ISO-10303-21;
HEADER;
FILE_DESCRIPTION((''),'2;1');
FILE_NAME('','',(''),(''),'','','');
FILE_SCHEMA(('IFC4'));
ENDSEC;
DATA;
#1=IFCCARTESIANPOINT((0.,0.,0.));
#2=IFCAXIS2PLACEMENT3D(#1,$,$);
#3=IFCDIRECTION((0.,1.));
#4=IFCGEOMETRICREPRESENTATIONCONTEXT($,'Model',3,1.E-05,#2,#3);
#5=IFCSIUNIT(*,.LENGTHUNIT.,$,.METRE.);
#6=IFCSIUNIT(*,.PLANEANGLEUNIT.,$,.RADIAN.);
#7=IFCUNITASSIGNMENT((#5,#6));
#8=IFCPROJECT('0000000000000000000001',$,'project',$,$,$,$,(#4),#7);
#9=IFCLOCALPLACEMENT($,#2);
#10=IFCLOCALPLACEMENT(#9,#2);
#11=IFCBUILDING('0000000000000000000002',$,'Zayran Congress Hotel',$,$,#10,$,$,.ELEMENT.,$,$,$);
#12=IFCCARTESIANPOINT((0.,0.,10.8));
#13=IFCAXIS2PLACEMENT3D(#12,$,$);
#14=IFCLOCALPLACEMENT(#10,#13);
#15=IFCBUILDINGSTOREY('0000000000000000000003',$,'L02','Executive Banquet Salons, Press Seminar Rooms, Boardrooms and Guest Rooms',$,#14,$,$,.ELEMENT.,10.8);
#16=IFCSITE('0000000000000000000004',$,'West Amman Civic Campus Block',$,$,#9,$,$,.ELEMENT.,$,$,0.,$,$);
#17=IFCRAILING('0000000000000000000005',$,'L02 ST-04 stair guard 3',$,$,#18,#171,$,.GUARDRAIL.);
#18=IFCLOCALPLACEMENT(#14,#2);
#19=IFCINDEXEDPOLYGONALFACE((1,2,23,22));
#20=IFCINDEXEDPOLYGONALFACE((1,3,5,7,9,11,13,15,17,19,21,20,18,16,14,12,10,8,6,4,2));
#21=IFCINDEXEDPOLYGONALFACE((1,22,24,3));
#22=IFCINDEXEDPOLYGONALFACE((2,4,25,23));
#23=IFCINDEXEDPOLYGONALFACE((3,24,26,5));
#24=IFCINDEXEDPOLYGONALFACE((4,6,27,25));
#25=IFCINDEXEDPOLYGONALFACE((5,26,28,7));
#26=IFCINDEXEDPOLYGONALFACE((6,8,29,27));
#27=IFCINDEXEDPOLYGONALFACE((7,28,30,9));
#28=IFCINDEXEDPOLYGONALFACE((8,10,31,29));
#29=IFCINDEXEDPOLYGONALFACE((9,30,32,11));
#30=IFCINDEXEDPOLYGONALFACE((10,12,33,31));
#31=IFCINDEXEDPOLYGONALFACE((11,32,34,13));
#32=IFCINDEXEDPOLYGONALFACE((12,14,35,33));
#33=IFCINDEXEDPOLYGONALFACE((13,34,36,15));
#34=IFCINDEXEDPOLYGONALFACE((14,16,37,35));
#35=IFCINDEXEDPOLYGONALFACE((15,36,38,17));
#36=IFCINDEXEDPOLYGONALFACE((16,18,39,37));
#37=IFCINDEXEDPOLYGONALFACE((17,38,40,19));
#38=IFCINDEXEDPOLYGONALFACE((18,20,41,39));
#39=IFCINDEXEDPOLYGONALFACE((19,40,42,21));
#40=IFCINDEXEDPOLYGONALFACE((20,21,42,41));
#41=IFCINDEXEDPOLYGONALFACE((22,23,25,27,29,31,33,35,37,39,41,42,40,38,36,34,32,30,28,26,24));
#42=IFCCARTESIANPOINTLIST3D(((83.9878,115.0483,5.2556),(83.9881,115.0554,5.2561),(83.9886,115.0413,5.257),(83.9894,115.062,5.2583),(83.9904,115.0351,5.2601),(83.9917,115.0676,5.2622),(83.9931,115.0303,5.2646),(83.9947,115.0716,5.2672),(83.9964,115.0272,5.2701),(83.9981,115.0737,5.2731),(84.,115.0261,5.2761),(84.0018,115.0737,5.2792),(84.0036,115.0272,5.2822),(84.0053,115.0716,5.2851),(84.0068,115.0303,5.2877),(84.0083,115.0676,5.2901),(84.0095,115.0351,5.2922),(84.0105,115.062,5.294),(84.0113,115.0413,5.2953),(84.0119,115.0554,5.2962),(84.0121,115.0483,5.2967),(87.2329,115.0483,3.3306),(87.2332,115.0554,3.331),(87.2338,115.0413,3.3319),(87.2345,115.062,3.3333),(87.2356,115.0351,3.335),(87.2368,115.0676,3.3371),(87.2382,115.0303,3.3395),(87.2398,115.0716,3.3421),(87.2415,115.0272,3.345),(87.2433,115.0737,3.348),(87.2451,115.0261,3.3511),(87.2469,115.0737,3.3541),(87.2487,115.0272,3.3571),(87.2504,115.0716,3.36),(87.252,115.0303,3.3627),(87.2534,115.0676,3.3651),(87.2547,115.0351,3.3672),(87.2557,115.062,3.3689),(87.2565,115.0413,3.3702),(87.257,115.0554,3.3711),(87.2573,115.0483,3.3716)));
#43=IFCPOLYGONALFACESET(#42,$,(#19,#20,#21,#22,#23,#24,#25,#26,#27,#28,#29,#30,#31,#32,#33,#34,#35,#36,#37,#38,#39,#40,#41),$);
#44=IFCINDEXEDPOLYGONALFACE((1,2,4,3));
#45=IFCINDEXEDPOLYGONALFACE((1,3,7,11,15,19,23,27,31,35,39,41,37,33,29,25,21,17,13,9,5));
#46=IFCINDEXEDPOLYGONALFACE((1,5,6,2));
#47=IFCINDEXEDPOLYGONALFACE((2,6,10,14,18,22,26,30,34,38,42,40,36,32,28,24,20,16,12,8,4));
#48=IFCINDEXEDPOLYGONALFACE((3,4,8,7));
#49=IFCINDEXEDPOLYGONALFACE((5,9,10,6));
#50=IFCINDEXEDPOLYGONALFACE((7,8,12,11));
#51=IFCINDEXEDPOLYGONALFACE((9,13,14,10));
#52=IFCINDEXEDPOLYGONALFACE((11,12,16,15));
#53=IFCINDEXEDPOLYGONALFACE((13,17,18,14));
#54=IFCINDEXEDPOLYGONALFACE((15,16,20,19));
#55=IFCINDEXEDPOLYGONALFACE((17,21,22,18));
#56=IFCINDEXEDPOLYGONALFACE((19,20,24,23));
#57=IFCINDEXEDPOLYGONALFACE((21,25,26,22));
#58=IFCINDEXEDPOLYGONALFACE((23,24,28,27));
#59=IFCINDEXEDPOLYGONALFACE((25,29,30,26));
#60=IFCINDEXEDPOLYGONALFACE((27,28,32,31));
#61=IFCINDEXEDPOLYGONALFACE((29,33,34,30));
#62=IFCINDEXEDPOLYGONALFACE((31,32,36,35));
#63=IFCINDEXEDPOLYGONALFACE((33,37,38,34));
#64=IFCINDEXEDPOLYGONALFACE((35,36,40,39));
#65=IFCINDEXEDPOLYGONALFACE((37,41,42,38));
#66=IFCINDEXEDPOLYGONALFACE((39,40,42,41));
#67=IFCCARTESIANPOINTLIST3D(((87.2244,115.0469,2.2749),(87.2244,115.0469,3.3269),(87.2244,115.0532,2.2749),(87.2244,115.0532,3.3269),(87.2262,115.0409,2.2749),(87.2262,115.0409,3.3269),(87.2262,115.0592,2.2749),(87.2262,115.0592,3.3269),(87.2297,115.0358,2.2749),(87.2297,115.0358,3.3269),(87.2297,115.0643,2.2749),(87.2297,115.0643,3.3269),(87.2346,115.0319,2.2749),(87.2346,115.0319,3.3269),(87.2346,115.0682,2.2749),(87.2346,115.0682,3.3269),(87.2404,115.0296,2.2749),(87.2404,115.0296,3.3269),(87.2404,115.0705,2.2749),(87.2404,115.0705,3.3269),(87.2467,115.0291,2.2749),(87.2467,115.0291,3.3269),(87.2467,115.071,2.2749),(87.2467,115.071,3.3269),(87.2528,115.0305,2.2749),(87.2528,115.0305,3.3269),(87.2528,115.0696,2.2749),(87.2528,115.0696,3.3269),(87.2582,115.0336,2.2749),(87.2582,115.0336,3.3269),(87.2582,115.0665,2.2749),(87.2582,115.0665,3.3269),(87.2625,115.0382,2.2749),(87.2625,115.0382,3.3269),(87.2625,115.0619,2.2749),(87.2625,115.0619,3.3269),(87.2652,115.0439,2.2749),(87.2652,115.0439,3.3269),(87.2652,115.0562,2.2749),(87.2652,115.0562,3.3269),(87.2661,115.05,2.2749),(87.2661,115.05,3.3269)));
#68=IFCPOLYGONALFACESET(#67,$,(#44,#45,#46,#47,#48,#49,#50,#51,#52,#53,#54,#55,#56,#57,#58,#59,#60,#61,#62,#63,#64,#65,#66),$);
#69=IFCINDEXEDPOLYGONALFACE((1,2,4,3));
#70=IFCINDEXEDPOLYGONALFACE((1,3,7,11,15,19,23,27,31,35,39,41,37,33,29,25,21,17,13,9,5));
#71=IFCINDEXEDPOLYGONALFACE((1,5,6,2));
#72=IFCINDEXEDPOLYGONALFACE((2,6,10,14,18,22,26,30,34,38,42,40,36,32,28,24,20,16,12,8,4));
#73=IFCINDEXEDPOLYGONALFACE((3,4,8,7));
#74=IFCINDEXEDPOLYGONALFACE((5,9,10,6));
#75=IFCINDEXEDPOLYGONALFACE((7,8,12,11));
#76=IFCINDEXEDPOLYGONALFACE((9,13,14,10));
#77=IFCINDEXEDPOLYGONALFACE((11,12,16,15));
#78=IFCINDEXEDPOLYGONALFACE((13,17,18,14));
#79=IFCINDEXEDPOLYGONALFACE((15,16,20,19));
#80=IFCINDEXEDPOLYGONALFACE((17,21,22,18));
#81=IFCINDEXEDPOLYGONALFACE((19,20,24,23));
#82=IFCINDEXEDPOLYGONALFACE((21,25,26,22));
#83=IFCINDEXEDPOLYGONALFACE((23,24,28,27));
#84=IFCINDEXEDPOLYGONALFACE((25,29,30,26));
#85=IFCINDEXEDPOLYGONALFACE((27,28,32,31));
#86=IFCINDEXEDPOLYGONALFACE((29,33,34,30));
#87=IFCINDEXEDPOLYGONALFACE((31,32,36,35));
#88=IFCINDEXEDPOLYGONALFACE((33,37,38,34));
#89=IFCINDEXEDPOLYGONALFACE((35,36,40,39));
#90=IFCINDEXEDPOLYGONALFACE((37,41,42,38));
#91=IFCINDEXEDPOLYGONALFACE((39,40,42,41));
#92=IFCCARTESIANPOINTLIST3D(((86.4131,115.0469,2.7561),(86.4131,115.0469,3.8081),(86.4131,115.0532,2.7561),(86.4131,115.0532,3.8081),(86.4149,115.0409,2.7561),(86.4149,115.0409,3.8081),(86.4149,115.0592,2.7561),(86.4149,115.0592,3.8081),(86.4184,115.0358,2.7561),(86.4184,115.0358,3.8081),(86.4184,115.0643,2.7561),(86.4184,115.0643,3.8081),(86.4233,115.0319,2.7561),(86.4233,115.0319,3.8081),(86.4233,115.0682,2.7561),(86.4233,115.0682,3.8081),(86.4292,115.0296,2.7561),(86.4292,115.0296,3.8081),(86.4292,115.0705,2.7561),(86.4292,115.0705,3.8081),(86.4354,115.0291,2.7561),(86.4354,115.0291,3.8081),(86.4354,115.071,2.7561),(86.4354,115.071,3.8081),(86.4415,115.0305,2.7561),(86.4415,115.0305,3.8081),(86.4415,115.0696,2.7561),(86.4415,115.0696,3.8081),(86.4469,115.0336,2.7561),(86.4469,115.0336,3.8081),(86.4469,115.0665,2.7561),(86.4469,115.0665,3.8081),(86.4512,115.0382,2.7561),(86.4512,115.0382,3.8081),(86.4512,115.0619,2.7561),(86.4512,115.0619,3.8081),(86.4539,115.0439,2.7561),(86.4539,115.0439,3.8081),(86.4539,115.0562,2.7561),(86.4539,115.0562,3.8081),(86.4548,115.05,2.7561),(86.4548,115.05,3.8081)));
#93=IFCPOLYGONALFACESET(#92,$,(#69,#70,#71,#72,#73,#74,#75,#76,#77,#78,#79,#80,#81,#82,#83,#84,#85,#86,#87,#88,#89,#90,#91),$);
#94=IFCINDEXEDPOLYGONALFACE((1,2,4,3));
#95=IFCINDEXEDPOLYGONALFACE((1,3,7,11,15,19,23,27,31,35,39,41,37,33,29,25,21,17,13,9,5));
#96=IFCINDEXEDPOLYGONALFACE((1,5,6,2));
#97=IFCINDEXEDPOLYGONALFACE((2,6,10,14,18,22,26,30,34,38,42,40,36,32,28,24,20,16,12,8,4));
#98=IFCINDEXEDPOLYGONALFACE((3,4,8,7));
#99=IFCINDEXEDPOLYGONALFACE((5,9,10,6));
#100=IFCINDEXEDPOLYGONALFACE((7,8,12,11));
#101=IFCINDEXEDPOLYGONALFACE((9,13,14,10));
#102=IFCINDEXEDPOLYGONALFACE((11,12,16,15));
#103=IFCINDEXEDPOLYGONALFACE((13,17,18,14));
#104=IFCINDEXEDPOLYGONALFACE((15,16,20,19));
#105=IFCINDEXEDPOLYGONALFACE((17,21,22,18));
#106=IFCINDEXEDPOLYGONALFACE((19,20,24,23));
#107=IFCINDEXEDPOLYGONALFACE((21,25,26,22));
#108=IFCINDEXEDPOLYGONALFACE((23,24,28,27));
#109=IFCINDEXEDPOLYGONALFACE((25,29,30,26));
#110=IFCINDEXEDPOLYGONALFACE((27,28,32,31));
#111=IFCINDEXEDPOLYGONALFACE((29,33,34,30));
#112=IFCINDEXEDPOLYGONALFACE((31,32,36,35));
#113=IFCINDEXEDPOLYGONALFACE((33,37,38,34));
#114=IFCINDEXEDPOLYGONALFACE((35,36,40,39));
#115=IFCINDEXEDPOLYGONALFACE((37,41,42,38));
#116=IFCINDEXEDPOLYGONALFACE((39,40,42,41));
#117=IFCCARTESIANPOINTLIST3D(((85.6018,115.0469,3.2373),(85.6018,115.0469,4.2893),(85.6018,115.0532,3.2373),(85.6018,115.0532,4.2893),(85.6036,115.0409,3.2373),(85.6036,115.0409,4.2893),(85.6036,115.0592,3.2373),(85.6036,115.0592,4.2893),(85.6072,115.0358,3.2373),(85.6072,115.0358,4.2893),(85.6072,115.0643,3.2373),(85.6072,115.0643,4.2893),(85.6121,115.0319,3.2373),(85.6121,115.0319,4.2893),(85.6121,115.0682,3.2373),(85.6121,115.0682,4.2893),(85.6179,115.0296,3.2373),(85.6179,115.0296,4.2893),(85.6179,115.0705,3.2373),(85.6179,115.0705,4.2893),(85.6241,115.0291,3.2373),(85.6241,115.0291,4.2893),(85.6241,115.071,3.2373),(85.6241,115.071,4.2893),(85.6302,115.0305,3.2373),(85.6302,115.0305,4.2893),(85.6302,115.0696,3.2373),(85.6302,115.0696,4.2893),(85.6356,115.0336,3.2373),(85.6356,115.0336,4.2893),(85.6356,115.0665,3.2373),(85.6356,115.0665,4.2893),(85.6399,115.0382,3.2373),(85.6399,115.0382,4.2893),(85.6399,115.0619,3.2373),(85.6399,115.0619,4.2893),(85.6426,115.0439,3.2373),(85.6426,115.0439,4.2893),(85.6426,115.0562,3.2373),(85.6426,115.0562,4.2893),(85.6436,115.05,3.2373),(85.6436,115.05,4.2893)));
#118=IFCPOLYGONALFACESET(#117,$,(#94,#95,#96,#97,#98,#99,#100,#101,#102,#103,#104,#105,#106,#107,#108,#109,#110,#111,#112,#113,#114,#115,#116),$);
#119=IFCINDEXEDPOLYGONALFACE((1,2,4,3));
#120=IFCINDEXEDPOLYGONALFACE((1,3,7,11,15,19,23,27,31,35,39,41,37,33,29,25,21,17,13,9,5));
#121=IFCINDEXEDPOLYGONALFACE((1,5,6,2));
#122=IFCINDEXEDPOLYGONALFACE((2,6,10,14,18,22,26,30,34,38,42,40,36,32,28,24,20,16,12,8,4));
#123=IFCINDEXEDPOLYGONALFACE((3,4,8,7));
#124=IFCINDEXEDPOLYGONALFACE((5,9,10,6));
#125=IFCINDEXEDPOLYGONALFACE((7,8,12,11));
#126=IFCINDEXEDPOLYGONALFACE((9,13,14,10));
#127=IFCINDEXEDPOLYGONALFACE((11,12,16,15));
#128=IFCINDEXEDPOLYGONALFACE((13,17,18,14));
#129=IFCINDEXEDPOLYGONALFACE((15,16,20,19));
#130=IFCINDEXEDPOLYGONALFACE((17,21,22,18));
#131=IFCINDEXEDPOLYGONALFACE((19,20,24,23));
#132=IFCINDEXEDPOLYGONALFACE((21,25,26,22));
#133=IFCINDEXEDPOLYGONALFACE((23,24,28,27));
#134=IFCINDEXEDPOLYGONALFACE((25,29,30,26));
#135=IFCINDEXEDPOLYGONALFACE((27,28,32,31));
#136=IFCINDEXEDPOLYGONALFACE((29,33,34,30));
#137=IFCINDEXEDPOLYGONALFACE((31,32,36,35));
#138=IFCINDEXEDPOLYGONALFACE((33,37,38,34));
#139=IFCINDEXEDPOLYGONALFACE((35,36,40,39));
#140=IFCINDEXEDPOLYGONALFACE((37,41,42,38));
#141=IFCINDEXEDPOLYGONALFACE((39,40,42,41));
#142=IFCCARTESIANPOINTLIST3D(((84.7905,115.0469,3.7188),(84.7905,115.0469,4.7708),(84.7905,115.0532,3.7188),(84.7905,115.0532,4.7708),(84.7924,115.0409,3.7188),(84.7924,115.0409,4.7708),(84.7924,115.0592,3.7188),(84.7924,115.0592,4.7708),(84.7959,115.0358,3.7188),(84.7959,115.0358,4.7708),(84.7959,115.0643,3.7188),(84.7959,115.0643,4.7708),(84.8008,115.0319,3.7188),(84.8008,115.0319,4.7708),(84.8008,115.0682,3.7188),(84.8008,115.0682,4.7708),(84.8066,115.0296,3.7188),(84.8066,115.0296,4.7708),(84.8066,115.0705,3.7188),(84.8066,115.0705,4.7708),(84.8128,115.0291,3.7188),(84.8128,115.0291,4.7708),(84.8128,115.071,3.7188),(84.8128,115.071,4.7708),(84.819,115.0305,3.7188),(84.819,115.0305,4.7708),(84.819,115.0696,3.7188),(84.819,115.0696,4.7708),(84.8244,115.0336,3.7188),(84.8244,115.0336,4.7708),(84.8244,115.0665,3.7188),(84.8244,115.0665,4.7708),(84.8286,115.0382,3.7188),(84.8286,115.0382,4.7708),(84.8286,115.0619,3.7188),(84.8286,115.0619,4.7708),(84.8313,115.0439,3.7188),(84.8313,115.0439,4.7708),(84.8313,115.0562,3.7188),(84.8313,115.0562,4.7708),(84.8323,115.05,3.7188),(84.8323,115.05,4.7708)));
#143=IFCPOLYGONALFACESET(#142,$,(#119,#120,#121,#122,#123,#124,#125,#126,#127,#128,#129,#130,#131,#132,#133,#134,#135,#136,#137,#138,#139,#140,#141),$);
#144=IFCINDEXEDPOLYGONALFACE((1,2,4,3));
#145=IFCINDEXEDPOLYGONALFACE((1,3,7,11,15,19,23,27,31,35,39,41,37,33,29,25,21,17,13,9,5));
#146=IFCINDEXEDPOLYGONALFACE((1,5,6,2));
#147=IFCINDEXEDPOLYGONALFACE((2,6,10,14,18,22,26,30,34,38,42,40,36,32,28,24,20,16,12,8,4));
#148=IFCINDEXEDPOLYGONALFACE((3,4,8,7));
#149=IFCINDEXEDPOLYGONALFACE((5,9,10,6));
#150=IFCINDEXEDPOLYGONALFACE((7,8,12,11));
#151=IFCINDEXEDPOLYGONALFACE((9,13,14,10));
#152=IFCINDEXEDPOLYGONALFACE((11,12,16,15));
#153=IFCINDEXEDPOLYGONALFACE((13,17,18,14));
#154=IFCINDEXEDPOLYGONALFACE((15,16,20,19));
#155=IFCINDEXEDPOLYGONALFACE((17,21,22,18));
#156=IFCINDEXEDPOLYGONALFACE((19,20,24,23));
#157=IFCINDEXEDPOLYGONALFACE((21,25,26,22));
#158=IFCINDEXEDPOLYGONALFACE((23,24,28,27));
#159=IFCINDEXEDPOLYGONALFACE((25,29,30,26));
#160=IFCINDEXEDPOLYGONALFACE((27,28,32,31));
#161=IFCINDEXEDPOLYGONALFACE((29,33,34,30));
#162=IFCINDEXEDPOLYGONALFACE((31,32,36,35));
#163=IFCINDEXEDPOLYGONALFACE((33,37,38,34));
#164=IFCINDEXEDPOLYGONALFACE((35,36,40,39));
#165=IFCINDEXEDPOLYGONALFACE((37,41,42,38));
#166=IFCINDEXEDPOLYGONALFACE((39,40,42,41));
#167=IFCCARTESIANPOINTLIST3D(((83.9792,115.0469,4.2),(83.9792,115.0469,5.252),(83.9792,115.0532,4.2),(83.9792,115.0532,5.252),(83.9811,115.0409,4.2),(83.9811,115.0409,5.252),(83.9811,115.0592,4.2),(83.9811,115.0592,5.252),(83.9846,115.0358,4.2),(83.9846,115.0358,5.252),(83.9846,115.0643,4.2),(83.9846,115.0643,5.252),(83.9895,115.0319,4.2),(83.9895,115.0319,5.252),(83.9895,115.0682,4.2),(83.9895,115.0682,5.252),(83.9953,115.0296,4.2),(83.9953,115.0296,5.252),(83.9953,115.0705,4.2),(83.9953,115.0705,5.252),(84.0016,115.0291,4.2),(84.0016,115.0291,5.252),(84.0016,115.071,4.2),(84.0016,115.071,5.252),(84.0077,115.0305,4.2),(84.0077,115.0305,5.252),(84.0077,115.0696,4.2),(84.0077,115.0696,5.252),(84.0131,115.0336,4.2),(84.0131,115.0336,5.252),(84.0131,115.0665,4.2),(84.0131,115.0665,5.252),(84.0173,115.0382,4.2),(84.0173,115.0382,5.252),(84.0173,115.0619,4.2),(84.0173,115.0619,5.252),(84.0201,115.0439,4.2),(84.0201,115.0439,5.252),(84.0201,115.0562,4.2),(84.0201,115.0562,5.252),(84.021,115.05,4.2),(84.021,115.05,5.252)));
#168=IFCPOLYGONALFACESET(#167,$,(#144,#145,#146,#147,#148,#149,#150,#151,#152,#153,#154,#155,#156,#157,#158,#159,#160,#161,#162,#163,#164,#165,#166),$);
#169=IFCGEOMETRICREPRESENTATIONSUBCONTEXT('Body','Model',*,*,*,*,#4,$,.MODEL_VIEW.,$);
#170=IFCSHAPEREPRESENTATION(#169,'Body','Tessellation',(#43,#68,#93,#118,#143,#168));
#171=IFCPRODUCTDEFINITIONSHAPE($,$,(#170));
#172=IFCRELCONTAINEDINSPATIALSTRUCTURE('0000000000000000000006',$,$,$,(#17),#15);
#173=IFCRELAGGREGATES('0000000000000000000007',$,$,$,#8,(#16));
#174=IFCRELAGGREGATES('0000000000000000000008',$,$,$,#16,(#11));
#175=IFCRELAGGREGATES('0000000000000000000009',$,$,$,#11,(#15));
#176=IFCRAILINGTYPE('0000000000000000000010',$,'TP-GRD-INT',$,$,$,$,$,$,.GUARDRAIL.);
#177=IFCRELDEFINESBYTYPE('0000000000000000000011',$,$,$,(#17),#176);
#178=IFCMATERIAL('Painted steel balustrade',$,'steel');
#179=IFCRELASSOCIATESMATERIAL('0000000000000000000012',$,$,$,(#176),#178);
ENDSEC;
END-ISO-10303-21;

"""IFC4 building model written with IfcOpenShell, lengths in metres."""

from ifc_helpers import new_model, si_unit, direction, frame, origin, origin_2d, place, context, subcontext, project, spatial, circle, extrude, material, type_object, element, save


model = new_model("IFC4")

# Units and contexts
model_context = context("Model", 3, precision=1e-05, world=origin(), true_north=direction((0.0, 1.0)))
body_context = subcontext(model_context, "Body", "Model", "MODEL_VIEW")
ifc_project = project(units=[si_unit("LENGTHUNIT", "METRE"), si_unit("PLANEANGLEUNIT", "RADIAN")], contexts=[model_context])

# Site, building, storey
site_placement = place(None, origin())
site = spatial("IfcSite", under=ifc_project, at=site_placement, Name="West Amman Civic Campus Block", CompositionType="ELEMENT", RefElevation=0.0)
building_placement = place(site_placement, origin())
building = spatial("IfcBuilding", under=site, at=building_placement, Name="Zayran Congress Hotel", CompositionType="ELEMENT")
storey_placement = place(building_placement, frame((0.0, 0.0, 10.8)))
storey = spatial("IfcBuildingStorey", under=building, at=storey_placement, Name="L02", Description="Executive Banquet Salons, Press Seminar Rooms, Boardrooms and Guest Rooms", CompositionType="ELEMENT", Elevation=10.8)

# Railing
ifc_material_1 = material(Name="Painted steel balustrade", Category="steel")
railing_type_1 = type_object("IfcRailingType", Name="TP-GRD-INT", PredefinedType="GUARDRAIL", material=ifc_material_1)
railing_1_placement = place(storey_placement, frame((87.2451, 115.05, 2.2749)))
element("IfcRailing", 1, at=railing_1_placement, inside=storey, type_object=railing_type_1, Name="L02 ST-04 stair guard 3", PredefinedType="GUARDRAIL", context=body_context, shape_type="SweptSolid", body=[
    extrude(circle(Radius=0.0239, at=origin_2d()), frame((0.0, 0.0, 1.0762), z_axis=(-0.860057, 0.0, 0.510198), x_axis=(0.0, -1.0, 0.0)), (0.0, 0.0, 1.0), 3.7732),
    extrude(circle(Radius=0.021, at=origin_2d()), origin(), (0.0, 0.0, 1.0), 1.052),
    extrude(circle(Radius=0.021, at=origin_2d()), frame((-0.8113, 0.0, 0.4812)), (0.0, 0.0, 1.0), 1.052),
    extrude(circle(Radius=0.021, at=origin_2d()), frame((-1.6226, 0.0, 0.9624)), (0.0, 0.0, 1.0), 1.052),
    extrude(circle(Radius=0.021, at=origin_2d()), frame((-2.4338, 0.0, 1.4438)), (0.0, 0.0, 1.0), 1.052),
    extrude(circle(Radius=0.021, at=origin_2d()), frame((-3.2451, 0.0, 1.925)), (0.0, 0.0, 1.0), 1.052),
])

save(model, "model.ifc")
